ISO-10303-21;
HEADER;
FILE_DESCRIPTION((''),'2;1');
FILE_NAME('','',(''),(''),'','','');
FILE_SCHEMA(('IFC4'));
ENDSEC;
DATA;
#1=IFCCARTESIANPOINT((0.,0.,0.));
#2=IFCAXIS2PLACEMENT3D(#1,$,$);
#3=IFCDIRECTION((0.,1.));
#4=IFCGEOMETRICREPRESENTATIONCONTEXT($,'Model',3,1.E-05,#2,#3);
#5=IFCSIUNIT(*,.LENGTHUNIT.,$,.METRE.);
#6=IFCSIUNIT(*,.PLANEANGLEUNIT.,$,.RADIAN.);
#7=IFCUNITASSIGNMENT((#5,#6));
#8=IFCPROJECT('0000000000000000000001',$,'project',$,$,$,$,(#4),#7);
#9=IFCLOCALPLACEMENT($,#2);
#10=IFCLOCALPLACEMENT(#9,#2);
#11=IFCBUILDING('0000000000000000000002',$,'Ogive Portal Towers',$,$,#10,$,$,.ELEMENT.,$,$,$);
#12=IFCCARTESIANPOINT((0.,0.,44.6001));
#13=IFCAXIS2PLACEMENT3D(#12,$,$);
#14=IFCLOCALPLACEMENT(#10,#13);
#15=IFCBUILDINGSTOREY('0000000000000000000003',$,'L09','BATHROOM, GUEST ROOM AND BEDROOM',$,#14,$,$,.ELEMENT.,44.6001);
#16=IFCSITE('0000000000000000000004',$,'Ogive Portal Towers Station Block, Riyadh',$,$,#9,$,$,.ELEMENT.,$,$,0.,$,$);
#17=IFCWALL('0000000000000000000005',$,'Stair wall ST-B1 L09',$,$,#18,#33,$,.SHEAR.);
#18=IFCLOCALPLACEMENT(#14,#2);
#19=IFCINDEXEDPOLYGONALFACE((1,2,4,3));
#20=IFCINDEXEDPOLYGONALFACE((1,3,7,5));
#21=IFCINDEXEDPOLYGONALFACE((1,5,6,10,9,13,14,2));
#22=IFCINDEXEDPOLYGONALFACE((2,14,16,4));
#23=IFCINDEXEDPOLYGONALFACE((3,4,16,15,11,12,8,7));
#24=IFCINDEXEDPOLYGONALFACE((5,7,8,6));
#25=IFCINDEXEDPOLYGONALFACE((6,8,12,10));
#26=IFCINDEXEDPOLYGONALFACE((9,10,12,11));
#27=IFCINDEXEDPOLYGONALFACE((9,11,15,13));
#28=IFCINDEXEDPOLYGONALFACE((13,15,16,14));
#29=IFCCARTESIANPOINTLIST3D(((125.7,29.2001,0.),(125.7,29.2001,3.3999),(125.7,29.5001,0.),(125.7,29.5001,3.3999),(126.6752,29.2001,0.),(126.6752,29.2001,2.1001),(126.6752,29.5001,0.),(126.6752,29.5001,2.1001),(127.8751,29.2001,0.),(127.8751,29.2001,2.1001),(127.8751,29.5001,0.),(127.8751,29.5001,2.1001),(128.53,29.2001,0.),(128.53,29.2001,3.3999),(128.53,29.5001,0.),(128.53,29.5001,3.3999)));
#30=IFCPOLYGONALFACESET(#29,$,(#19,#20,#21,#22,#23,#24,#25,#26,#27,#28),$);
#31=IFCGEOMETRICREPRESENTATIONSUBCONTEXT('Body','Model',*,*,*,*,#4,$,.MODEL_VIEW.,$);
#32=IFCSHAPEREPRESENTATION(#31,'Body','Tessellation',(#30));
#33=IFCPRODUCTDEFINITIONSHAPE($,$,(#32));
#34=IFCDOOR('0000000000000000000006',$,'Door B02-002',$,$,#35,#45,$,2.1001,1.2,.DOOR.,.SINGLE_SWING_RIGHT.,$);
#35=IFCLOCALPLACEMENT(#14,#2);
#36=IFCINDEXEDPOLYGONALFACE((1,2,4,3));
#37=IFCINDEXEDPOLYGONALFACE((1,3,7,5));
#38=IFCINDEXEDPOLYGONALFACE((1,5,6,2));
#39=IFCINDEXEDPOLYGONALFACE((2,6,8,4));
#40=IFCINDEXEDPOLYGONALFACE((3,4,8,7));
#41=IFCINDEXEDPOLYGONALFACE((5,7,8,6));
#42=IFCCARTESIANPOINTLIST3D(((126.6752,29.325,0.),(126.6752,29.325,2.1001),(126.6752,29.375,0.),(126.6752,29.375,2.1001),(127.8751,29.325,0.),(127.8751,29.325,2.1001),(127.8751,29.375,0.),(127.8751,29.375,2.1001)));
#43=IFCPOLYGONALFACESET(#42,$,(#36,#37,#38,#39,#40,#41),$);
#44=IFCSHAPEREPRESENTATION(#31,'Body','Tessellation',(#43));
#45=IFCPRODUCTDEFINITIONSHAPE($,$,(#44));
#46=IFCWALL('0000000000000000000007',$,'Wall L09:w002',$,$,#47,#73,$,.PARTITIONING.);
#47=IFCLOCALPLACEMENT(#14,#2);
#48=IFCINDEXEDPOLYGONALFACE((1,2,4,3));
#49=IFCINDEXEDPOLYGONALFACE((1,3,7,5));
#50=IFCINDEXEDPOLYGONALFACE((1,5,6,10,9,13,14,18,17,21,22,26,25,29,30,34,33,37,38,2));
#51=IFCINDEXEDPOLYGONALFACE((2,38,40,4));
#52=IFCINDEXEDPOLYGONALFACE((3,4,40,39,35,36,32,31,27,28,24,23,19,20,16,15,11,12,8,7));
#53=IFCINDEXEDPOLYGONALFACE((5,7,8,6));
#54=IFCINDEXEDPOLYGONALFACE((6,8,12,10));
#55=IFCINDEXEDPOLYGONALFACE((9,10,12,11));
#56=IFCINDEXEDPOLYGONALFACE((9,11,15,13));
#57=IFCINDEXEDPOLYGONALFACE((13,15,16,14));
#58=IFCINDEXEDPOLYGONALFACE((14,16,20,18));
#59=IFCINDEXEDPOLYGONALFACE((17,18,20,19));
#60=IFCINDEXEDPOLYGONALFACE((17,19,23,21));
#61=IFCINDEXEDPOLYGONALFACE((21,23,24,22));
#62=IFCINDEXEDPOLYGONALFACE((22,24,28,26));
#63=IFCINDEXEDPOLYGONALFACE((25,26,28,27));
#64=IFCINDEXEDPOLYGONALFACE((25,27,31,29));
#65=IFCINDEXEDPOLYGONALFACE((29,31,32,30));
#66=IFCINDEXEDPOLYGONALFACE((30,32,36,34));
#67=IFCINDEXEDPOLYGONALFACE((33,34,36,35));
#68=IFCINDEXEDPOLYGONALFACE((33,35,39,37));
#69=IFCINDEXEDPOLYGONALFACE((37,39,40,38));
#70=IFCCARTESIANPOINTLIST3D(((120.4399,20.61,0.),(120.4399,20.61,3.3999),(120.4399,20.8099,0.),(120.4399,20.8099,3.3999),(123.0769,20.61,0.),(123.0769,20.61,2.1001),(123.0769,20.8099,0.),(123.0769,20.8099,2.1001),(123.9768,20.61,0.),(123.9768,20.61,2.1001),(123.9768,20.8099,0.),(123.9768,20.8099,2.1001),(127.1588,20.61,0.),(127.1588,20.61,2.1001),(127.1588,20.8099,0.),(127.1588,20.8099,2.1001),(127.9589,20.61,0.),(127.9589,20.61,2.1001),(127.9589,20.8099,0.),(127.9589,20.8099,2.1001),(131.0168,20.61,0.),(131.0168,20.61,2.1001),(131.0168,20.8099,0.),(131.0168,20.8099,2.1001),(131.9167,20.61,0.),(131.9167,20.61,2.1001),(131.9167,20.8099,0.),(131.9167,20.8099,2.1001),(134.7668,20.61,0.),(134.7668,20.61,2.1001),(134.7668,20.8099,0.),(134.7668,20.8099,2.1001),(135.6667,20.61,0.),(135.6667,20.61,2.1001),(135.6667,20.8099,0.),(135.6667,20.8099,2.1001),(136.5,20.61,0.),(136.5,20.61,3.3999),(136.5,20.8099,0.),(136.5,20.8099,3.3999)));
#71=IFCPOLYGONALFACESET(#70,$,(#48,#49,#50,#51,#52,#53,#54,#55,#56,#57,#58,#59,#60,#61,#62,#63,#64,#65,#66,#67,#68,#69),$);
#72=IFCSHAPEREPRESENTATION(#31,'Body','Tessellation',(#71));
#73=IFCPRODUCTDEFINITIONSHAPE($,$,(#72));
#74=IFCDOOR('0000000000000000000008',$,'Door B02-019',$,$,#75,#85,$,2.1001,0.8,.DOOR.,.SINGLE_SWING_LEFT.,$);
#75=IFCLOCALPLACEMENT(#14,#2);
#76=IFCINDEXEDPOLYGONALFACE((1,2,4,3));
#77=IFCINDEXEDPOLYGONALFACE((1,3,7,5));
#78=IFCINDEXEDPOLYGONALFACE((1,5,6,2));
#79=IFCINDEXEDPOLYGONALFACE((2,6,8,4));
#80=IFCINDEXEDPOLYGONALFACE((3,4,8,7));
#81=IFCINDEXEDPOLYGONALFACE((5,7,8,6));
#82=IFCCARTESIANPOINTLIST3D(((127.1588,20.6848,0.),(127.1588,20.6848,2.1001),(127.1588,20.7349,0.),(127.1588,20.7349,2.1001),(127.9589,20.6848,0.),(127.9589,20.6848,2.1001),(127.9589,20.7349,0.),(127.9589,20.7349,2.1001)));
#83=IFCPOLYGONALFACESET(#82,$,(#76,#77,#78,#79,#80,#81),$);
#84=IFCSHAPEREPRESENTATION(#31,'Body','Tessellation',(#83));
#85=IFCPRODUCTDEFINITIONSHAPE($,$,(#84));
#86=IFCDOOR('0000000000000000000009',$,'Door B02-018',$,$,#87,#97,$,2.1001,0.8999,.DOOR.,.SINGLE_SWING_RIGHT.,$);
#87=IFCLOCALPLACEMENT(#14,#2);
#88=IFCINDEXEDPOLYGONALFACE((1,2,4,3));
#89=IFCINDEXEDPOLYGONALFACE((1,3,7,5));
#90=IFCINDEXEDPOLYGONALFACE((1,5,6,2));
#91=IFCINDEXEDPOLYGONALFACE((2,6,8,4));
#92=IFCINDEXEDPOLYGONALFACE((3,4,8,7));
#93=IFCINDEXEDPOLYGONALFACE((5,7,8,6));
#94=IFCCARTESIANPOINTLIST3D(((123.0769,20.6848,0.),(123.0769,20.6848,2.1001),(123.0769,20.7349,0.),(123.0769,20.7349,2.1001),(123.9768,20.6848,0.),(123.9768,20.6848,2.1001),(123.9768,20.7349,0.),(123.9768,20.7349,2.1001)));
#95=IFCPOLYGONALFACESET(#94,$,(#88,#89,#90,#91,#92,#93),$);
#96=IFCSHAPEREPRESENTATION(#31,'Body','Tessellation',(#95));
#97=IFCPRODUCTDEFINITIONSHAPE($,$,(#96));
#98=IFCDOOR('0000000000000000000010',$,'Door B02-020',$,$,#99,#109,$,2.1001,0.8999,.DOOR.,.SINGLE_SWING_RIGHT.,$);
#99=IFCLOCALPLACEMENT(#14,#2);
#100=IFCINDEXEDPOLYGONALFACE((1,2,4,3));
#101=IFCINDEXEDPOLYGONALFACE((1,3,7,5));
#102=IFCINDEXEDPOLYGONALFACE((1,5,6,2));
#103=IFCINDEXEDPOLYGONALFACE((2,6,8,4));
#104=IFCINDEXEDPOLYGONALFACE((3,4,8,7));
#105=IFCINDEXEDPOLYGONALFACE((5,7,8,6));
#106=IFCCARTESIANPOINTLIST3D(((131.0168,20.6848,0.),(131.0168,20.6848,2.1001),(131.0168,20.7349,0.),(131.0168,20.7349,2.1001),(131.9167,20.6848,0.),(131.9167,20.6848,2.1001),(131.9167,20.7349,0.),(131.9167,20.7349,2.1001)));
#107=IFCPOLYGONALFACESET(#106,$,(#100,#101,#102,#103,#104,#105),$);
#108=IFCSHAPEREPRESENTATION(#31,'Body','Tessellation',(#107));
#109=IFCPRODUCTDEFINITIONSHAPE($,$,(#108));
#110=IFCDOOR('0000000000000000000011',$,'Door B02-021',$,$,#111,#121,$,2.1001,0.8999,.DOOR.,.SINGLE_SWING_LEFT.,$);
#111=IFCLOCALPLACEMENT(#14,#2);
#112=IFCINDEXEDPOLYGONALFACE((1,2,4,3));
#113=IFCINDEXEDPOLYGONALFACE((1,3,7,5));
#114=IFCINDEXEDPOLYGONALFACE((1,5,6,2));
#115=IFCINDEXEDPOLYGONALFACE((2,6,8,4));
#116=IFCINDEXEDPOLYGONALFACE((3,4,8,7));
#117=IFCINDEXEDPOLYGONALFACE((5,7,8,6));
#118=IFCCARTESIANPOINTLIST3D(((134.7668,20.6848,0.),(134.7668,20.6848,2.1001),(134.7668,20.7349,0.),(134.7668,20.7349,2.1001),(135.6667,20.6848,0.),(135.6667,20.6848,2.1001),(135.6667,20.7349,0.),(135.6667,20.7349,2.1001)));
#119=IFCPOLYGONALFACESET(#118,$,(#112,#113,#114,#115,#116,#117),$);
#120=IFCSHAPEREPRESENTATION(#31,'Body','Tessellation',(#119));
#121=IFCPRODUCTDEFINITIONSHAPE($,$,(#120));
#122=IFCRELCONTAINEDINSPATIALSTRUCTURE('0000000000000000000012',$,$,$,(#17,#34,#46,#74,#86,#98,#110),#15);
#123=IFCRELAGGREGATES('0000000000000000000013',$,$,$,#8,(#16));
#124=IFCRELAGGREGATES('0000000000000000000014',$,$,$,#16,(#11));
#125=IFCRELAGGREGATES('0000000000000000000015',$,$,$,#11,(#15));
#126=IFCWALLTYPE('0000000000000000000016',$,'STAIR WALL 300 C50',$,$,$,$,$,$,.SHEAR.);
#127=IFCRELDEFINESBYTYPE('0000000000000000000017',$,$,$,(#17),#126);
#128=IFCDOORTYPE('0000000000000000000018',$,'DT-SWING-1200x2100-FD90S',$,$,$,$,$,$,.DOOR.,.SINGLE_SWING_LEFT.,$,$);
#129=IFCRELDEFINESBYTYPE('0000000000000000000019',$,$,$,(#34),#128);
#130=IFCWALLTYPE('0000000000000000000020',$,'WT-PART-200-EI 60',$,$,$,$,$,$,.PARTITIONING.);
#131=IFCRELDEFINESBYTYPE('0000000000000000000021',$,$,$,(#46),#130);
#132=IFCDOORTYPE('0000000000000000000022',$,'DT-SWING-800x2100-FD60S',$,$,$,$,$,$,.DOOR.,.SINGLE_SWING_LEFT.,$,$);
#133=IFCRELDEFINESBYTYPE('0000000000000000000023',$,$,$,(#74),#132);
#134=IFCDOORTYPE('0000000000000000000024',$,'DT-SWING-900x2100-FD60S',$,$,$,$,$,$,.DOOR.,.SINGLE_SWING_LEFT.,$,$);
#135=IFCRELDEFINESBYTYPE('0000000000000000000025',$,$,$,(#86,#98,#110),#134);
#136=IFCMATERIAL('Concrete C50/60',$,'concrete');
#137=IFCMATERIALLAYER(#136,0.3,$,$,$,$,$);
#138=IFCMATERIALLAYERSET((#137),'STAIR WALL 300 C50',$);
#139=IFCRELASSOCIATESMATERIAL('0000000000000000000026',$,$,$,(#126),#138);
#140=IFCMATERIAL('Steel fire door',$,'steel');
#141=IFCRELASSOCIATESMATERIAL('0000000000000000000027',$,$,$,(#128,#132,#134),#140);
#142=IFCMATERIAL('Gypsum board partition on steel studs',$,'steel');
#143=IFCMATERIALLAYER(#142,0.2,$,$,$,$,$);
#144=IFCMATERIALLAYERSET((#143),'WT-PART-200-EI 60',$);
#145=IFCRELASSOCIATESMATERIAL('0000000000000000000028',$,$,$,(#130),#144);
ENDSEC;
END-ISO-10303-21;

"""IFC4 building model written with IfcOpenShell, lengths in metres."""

from ifc_helpers import new_model, si_unit, direction, frame, frame_2d, origin, place, context, subcontext, project, spatial, rectangle, extrude, material, layer, layer_set, type_object, element, fill, save


model = new_model("IFC4")

# Units and contexts
model_context = context("Model", 3, precision=1e-05, world=origin(), true_north=direction((0.0, 1.0)))
body_context = subcontext(model_context, "Body", "Model", "MODEL_VIEW")
ifc_project = project(units=[si_unit("LENGTHUNIT", "METRE"), si_unit("PLANEANGLEUNIT", "RADIAN")], contexts=[model_context])

# Site, building, storey
site_placement = place(None, origin())
site = spatial("IfcSite", under=ifc_project, at=site_placement, Name="Ogive Portal Towers Station Block, Riyadh", CompositionType="ELEMENT", RefElevation=0.0)
building_placement = place(site_placement, origin())
building = spatial("IfcBuilding", under=site, at=building_placement, Name="Ogive Portal Towers", CompositionType="ELEMENT")
storey_placement = place(building_placement, frame((0.0, 0.0, 44.6001)))
storey = spatial("IfcBuildingStorey", under=building, at=storey_placement, Name="L09", Description="BATHROOM, GUEST ROOM AND BEDROOM", CompositionType="ELEMENT", Elevation=44.6001)

# Wall, opening, door
ifc_material_1 = material(Name="Concrete C50/60", Category="concrete")
ifc_layer_1 = layer(ifc_material_1, 0.3)
ifc_layer_set_1 = layer_set([ifc_layer_1], Name="STAIR WALL 300 C50")
wall_type_1 = type_object("IfcWallType", Name="STAIR WALL 300 C50", PredefinedType="SHEAR", material=ifc_layer_set_1)
wall_1_placement = place(storey_placement, frame((125.7, 29.3501, 0.0), z_axis=(0.0, 0.0, 1.0), x_axis=(1.0, 0.0, 0.0)))
wall_1 = element("IfcWall", 1, at=wall_1_placement, inside=storey, type_object=wall_type_1, Name="Stair wall ST-B1 L09", PredefinedType="SHEAR", context=body_context, shape_type="SweptSolid", body=[
    extrude(rectangle(XDim=2.8301, YDim=0.3, at=frame_2d((1.415, 0.0))), origin(), (0.0, 0.0, 1.0), 3.3999),
])
opening_1_placement = place(wall_1_placement, frame((0.9751, 0.0, 0.0)))
opening_1 = element("IfcOpeningElement", 2, at=opening_1_placement, cuts=wall_1, PredefinedType="OPENING", context=body_context, shape_type="SweptSolid", body=[
    extrude(rectangle(XDim=1.2, YDim=2.1001, at=frame_2d((0.6001, 1.05))), frame((0.0, 0.1602, 0.0), z_axis=(0.0, -1.0, 0.0), x_axis=(1.0, 0.0, 0.0)), (0.0, 0.0, 1.0), 0.3201),
])
ifc_material_2 = material(Name="Steel fire door", Category="steel")
door_type_1 = type_object("IfcDoorType", Name="DT-SWING-1200x2100-FD90S", OperationType="SINGLE_SWING_LEFT", PredefinedType="DOOR", material=ifc_material_2)
door_1_placement = place(opening_1_placement, origin())
door_1 = element("IfcDoor", 3, at=door_1_placement, inside=storey, type_object=door_type_1, Name="Door B02-002", OperationType="SINGLE_SWING_RIGHT", OverallHeight=2.1001, OverallWidth=1.2, PredefinedType="DOOR", context=body_context, shape_type="SweptSolid", body=[
    extrude(rectangle(XDim=1.2, YDim=2.1001, at=frame_2d((0.6001, 1.05))), frame((0.0, 0.0249, 0.0), z_axis=(0.0, -1.0, 0.0), x_axis=(1.0, 0.0, 0.0)), (0.0, 0.0, 1.0), 0.05),
])
fill(opening_1, door_1)

# Wall, openings, doors
ifc_material_3 = material(Name="Gypsum board partition on steel studs", Category="steel")
ifc_layer_2 = layer(ifc_material_3, 0.2)
ifc_layer_set_2 = layer_set([ifc_layer_2], Name="WT-PART-200-EI 60")
wall_type_2 = type_object("IfcWallType", Name="WT-PART-200-EI 60", PredefinedType="PARTITIONING", material=ifc_layer_set_2)
wall_2_placement = place(storey_placement, frame((120.4399, 20.71, 0.0), z_axis=(0.0, 0.0, 1.0), x_axis=(1.0, 0.0, 0.0)))
wall_2 = element("IfcWall", 4, at=wall_2_placement, inside=storey, type_object=wall_type_2, Name="Wall L09:w002", PredefinedType="PARTITIONING", context=body_context, shape_type="SweptSolid", body=[
    extrude(rectangle(XDim=16.0601, YDim=0.2, at=frame_2d((8.03, 0.0))), origin(), (0.0, 0.0, 1.0), 3.3999),
])
opening_2_placement = place(wall_2_placement, frame((2.637, 0.0, 0.0)))
opening_2 = element("IfcOpeningElement", 5, at=opening_2_placement, cuts=wall_2, PredefinedType="OPENING", context=body_context, shape_type="SweptSolid", body=[
    extrude(rectangle(XDim=0.8999, YDim=2.1001, at=frame_2d((0.45, 1.05))), frame((0.0, 0.1099, 0.0), z_axis=(0.0, -1.0, 0.0), x_axis=(1.0, 0.0, 0.0)), (0.0, 0.0, 1.0), 0.22),
])
opening_3_placement = place(wall_2_placement, frame((6.719, 0.0, 0.0)))
opening_3 = element("IfcOpeningElement", 6, at=opening_3_placement, cuts=wall_2, PredefinedType="OPENING", context=body_context, shape_type="SweptSolid", body=[
    extrude(rectangle(XDim=0.8, YDim=2.1001, at=frame_2d((0.3999, 1.05))), frame((0.0, 0.1099, 0.0), z_axis=(0.0, -1.0, 0.0), x_axis=(1.0, 0.0, 0.0)), (0.0, 0.0, 1.0), 0.22),
])
opening_4_placement = place(wall_2_placement, frame((10.5769, 0.0, 0.0)))
opening_4 = element("IfcOpeningElement", 7, at=opening_4_placement, cuts=wall_2, PredefinedType="OPENING", context=body_context, shape_type="SweptSolid", body=[
    extrude(rectangle(XDim=0.8999, YDim=2.1001, at=frame_2d((0.45, 1.05))), frame((0.0, 0.1099, 0.0), z_axis=(0.0, -1.0, 0.0), x_axis=(1.0, 0.0, 0.0)), (0.0, 0.0, 1.0), 0.22),
])
opening_5_placement = place(wall_2_placement, frame((14.3269, 0.0, 0.0)))
opening_5 = element("IfcOpeningElement", 8, at=opening_5_placement, cuts=wall_2, PredefinedType="OPENING", context=body_context, shape_type="SweptSolid", body=[
    extrude(rectangle(XDim=0.8999, YDim=2.1001, at=frame_2d((0.45, 1.05))), frame((0.0, 0.1099, 0.0), z_axis=(0.0, -1.0, 0.0), x_axis=(1.0, 0.0, 0.0)), (0.0, 0.0, 1.0), 0.22),
])
door_type_2 = type_object("IfcDoorType", Name="DT-SWING-800x2100-FD60S", OperationType="SINGLE_SWING_LEFT", PredefinedType="DOOR", material=ifc_material_2)
door_2_placement = place(opening_3_placement, origin())
door_2 = element("IfcDoor", 9, at=door_2_placement, inside=storey, type_object=door_type_2, Name="Door B02-019", OperationType="SINGLE_SWING_LEFT", OverallHeight=2.1001, OverallWidth=0.8, PredefinedType="DOOR", context=body_context, shape_type="SweptSolid", body=[
    extrude(rectangle(XDim=0.8, YDim=2.1001, at=frame_2d((0.3999, 1.05))), frame((0.0, 0.0249, 0.0), z_axis=(0.0, -1.0, 0.0), x_axis=(1.0, 0.0, 0.0)), (0.0, 0.0, 1.0), 0.05),
])
fill(opening_3, door_2)
door_type_3 = type_object("IfcDoorType", Name="DT-SWING-900x2100-FD60S", OperationType="SINGLE_SWING_LEFT", PredefinedType="DOOR", material=ifc_material_2)
door_3_placement = place(opening_2_placement, origin())
door_3 = element("IfcDoor", 10, at=door_3_placement, inside=storey, type_object=door_type_3, Name="Door B02-018", OperationType="SINGLE_SWING_RIGHT", OverallHeight=2.1001, OverallWidth=0.8999, PredefinedType="DOOR", context=body_context, shape_type="SweptSolid", body=[
    extrude(rectangle(XDim=0.8999, YDim=2.1001, at=frame_2d((0.45, 1.05))), frame((0.0, 0.0249, 0.0), z_axis=(0.0, -1.0, 0.0), x_axis=(1.0, 0.0, 0.0)), (0.0, 0.0, 1.0), 0.05),
])
fill(opening_2, door_3)
door_4_placement = place(opening_4_placement, origin())
door_4 = element("IfcDoor", 11, at=door_4_placement, inside=storey, type_object=door_type_3, Name="Door B02-020", OperationType="SINGLE_SWING_RIGHT", OverallHeight=2.1001, OverallWidth=0.8999, PredefinedType="DOOR", context=body_context, shape_type="SweptSolid", body=[
    extrude(rectangle(XDim=0.8999, YDim=2.1001, at=frame_2d((0.45, 1.05))), frame((0.0, 0.0249, 0.0), z_axis=(0.0, -1.0, 0.0), x_axis=(1.0, 0.0, 0.0)), (0.0, 0.0, 1.0), 0.05),
])
fill(opening_4, door_4)
door_5_placement = place(opening_5_placement, origin())
door_5 = element("IfcDoor", 12, at=door_5_placement, inside=storey, type_object=door_type_3, Name="Door B02-021", OperationType="SINGLE_SWING_LEFT", OverallHeight=2.1001, OverallWidth=0.8999, PredefinedType="DOOR", context=body_context, shape_type="SweptSolid", body=[
    extrude(rectangle(XDim=0.8999, YDim=2.1001, at=frame_2d((0.45, 1.05))), frame((0.0, 0.0249, 0.0), z_axis=(0.0, -1.0, 0.0), x_axis=(1.0, 0.0, 0.0)), (0.0, 0.0, 1.0), 0.05),
])
fill(opening_5, door_5)

save(model, "model.ifc")
